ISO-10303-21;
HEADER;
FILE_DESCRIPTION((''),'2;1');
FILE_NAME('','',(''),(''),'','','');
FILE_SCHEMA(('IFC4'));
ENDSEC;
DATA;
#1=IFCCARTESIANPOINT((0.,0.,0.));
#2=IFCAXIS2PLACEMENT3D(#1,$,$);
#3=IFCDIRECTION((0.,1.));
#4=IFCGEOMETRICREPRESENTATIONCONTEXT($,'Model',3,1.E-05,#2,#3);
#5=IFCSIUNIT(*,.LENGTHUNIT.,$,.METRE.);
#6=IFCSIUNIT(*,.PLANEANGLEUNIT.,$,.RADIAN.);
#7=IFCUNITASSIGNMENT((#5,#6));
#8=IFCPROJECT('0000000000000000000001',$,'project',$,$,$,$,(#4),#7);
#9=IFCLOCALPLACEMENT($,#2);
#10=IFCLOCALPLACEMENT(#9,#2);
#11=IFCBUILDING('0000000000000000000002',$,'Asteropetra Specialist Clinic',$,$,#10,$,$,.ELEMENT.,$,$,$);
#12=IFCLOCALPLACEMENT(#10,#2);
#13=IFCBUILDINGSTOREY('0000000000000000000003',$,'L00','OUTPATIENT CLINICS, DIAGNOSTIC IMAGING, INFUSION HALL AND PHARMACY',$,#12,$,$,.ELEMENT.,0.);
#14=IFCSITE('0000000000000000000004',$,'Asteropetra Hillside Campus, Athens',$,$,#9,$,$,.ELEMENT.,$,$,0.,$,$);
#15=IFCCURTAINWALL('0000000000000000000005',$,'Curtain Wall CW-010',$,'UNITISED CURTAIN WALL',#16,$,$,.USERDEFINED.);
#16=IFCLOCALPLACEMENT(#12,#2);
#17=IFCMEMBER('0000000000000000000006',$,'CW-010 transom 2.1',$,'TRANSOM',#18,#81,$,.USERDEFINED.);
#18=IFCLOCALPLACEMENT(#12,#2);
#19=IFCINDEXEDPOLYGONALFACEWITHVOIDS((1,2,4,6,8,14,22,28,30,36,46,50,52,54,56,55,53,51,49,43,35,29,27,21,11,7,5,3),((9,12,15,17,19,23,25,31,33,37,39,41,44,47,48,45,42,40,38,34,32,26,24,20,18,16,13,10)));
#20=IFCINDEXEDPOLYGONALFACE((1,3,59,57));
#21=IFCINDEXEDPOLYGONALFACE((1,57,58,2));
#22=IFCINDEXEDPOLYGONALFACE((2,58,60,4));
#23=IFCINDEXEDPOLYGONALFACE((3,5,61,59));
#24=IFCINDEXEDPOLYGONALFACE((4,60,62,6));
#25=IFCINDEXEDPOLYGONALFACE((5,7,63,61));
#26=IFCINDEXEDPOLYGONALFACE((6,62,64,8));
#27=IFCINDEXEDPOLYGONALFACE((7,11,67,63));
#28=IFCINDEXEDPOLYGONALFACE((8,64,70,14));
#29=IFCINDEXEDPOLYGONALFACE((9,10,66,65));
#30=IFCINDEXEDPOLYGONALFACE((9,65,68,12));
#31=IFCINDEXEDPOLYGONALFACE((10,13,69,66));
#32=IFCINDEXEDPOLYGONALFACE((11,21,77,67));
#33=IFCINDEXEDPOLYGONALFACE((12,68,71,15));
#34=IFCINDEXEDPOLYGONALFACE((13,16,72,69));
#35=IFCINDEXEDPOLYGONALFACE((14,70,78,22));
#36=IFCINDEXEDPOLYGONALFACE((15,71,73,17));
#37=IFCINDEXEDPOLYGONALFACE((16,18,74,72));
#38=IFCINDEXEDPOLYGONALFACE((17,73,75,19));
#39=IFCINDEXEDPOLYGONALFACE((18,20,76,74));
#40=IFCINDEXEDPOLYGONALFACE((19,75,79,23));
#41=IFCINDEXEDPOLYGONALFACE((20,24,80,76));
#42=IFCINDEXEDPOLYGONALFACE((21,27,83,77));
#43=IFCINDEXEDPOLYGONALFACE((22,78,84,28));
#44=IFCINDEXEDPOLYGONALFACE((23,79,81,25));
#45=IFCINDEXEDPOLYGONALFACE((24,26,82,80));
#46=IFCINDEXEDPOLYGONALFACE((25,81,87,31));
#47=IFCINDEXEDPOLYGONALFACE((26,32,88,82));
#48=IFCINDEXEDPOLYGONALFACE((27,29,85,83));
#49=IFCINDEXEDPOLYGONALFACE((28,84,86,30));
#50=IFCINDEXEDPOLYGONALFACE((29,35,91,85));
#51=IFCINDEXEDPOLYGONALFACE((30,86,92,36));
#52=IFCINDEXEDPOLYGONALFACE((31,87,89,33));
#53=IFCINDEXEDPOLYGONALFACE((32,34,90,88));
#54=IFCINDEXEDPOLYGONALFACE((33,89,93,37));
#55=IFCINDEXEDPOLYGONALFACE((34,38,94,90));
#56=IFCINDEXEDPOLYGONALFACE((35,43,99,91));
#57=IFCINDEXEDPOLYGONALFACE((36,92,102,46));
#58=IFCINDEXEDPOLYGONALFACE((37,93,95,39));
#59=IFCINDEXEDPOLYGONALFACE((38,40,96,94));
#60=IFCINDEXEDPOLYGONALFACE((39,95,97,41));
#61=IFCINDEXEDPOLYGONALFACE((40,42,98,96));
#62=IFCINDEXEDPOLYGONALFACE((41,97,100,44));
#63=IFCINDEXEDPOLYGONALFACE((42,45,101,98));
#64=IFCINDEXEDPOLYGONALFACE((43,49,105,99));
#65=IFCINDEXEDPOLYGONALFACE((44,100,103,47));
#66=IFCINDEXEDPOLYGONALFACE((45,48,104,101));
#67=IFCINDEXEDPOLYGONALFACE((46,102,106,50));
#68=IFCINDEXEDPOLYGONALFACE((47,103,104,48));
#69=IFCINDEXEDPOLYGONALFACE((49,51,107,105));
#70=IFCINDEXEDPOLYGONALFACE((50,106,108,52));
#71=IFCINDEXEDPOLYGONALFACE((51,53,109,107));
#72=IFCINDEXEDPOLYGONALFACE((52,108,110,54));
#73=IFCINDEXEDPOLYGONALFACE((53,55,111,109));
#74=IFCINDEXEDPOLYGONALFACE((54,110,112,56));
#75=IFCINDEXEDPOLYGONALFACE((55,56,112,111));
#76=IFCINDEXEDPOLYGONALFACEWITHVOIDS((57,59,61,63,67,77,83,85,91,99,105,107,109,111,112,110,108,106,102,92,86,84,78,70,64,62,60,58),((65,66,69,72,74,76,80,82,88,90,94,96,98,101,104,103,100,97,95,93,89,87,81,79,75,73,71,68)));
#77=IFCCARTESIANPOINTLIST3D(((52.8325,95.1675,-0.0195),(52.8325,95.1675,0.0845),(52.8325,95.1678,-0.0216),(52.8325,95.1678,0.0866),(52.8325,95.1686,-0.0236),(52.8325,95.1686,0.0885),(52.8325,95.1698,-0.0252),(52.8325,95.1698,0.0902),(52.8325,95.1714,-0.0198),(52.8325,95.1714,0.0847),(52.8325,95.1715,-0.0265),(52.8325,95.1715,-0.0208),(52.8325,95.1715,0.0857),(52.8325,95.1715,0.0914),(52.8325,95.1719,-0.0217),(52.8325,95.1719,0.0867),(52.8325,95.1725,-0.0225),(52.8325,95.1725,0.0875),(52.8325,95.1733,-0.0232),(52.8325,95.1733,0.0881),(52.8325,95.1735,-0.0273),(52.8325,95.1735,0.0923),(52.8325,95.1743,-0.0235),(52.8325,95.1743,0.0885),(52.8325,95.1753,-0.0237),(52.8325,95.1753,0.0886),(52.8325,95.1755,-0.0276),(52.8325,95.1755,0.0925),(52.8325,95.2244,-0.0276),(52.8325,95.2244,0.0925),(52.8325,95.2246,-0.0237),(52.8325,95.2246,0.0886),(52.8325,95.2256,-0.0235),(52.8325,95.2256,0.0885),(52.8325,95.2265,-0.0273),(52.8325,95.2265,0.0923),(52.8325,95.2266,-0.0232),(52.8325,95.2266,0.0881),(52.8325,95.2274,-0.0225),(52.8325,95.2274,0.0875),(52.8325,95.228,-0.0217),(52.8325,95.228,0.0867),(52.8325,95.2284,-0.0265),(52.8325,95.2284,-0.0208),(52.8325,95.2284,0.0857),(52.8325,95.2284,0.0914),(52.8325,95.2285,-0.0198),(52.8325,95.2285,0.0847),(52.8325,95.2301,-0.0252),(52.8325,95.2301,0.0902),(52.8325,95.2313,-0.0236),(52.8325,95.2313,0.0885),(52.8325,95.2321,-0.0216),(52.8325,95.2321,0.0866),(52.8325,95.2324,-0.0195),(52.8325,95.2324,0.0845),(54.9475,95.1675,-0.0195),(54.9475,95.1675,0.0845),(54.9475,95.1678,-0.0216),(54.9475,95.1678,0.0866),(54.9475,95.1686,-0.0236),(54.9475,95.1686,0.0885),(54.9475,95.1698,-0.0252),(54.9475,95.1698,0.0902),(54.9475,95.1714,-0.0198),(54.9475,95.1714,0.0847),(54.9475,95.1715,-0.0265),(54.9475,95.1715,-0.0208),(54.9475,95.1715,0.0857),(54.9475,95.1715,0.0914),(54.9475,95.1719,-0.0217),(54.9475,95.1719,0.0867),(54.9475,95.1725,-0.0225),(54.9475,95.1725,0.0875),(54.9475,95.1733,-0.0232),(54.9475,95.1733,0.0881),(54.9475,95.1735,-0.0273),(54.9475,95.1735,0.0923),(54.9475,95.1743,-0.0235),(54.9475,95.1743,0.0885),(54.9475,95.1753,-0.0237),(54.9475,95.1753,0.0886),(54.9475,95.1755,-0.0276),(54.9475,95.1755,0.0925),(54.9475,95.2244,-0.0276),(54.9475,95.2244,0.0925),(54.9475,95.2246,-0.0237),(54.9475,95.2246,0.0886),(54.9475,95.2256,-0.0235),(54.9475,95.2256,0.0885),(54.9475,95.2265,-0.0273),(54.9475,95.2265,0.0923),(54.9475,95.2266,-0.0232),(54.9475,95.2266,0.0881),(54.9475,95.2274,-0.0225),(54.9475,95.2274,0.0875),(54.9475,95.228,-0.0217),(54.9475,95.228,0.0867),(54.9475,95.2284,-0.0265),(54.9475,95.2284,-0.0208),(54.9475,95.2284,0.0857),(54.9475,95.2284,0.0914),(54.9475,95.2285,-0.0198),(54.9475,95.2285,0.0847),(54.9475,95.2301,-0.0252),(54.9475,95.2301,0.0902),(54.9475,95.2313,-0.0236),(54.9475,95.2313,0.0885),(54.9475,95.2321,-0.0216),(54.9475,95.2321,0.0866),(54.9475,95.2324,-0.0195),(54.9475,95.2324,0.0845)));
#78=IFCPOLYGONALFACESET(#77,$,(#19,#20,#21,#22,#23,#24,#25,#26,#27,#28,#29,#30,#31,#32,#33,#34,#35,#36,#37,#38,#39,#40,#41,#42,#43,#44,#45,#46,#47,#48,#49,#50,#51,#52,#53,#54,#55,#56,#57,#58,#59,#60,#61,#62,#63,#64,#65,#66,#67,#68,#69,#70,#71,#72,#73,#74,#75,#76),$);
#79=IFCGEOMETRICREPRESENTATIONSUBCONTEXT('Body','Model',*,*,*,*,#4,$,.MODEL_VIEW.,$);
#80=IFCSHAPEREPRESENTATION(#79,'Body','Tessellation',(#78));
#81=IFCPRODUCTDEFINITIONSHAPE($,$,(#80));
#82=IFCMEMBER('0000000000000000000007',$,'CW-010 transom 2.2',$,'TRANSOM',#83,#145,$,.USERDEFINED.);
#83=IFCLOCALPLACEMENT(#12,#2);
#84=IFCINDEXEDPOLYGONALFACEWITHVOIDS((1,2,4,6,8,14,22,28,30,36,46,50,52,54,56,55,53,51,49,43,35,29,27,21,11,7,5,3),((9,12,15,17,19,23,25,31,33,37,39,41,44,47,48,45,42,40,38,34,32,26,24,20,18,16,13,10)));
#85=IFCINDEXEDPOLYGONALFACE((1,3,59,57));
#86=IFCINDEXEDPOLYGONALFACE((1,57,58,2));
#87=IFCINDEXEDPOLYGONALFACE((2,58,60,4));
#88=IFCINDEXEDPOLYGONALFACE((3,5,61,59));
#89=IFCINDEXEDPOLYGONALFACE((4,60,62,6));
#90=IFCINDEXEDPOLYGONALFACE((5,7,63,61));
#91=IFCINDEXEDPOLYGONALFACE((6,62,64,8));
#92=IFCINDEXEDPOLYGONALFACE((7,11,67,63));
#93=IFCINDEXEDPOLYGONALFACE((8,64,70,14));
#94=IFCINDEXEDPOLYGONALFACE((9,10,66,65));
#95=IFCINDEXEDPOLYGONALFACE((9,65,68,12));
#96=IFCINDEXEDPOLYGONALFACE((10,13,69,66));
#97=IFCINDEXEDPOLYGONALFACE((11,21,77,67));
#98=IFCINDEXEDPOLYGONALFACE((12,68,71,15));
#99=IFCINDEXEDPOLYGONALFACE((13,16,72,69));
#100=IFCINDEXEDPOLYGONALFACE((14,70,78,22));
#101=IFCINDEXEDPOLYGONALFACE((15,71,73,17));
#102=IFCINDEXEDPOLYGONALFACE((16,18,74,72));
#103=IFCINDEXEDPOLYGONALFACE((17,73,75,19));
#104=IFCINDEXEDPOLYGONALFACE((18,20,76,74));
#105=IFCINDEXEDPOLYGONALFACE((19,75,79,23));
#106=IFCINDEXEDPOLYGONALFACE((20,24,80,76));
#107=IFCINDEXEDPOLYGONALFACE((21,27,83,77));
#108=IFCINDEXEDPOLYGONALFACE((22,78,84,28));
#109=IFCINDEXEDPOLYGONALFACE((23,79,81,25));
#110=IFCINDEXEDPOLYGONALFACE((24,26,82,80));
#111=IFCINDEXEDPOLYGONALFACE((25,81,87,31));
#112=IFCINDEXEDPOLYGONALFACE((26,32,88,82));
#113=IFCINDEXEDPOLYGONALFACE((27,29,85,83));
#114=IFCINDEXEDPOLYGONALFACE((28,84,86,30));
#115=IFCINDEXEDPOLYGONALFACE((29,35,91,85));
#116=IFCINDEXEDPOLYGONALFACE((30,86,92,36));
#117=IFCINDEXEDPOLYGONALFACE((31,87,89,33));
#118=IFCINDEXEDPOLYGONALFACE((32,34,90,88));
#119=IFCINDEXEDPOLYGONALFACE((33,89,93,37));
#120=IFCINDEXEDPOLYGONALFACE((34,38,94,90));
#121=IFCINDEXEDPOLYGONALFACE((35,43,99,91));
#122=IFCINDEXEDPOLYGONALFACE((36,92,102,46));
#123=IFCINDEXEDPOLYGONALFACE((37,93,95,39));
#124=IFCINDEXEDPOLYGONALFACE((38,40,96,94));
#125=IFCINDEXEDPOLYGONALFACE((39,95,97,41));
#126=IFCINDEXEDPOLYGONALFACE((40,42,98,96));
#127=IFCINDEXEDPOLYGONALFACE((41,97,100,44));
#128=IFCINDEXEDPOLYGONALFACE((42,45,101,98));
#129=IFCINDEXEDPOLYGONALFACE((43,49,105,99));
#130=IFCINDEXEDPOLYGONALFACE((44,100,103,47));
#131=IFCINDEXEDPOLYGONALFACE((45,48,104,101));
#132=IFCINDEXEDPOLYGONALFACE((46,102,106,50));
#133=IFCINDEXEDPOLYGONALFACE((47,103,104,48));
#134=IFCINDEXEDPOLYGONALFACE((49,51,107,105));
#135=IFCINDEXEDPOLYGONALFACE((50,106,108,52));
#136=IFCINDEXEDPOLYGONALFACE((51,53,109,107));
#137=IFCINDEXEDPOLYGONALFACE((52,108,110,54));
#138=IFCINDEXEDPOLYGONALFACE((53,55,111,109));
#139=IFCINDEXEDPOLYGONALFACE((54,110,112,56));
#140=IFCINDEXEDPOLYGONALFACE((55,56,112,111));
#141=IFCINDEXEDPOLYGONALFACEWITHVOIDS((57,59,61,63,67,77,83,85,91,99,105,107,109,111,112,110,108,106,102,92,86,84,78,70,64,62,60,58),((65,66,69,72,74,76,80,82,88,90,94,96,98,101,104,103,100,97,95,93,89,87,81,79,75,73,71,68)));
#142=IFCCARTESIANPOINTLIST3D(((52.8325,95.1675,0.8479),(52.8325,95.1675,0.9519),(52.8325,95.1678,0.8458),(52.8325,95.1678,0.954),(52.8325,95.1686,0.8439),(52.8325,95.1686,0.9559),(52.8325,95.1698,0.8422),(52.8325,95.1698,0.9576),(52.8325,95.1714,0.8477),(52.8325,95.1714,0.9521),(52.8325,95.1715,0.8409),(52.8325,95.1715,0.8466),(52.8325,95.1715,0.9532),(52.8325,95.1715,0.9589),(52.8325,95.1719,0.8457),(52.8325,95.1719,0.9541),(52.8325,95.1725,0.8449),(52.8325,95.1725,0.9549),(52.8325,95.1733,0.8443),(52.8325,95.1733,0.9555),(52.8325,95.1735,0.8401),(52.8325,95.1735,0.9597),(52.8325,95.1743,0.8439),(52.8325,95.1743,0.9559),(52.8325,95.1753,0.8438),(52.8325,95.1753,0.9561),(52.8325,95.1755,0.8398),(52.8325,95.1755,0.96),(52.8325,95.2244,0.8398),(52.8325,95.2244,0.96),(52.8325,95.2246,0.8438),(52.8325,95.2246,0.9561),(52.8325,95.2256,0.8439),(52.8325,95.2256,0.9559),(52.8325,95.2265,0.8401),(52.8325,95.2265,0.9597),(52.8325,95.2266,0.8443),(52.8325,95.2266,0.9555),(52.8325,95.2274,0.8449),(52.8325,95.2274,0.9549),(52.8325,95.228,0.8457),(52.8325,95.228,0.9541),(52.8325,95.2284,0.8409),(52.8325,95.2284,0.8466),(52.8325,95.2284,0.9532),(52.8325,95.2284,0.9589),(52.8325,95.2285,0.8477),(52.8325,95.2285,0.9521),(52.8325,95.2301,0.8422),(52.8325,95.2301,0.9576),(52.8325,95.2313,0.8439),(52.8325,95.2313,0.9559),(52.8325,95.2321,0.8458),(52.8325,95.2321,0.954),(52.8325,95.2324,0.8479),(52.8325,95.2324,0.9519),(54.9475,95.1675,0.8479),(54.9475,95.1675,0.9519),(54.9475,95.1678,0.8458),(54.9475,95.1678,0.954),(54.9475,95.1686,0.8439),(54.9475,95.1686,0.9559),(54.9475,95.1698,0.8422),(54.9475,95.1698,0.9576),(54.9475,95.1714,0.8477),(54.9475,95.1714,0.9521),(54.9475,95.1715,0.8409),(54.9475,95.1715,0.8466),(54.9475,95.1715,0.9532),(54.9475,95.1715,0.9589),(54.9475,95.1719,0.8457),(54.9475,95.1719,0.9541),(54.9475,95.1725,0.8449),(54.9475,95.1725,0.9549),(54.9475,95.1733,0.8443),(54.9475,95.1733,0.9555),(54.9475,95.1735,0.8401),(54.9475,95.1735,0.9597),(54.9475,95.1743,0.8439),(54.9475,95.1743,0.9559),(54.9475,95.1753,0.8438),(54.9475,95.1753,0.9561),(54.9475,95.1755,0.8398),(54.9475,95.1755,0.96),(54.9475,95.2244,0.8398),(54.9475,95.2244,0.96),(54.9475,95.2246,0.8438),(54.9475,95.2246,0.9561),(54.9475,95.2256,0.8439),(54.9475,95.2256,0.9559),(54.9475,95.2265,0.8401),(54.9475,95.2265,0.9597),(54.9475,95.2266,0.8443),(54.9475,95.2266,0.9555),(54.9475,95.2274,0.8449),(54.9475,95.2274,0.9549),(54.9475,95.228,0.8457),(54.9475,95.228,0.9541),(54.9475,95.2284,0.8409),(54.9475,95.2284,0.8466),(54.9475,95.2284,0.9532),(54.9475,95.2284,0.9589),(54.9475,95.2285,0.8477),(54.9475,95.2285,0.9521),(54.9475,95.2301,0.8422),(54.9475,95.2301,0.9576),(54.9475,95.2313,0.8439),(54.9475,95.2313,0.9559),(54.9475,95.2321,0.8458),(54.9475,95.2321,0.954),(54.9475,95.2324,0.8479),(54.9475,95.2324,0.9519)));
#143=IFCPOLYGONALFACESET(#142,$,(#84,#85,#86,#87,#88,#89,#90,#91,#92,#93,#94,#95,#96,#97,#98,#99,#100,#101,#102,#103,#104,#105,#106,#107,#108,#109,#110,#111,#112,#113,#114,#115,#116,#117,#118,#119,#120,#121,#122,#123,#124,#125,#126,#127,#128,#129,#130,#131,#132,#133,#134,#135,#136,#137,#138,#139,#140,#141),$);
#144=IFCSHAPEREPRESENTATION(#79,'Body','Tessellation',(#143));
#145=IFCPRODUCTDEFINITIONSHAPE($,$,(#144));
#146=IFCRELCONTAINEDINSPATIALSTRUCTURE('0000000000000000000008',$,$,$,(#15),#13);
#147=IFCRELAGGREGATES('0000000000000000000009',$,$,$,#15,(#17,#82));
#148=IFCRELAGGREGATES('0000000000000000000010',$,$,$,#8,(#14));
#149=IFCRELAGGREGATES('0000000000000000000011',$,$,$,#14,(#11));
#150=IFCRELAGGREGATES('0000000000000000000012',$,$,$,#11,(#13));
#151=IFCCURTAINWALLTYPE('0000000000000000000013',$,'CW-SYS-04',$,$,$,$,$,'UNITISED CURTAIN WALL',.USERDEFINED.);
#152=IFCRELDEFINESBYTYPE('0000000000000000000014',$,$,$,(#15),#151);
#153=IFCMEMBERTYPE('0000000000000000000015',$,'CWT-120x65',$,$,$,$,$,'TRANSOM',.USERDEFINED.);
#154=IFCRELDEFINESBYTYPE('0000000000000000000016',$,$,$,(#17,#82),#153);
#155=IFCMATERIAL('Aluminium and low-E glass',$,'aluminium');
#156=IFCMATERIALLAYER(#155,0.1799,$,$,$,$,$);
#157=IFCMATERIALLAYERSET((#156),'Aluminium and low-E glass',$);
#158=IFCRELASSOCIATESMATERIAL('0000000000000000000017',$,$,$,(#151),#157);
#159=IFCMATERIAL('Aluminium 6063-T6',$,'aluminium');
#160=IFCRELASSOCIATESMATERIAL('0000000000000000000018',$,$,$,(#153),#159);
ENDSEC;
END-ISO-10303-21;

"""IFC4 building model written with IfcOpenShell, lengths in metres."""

from ifc_helpers import new_model, si_unit, direction, frame, origin, origin_2d, place, context, subcontext, project, spatial, hollow_rectangle, extrude, material, layer, layer_set, material_profile, profile_set, type_object, element, aggregate, save


model = new_model("IFC4")

# Units and contexts
model_context = context("Model", 3, precision=1e-05, world=origin(), true_north=direction((0.0, 1.0)))
body_context = subcontext(model_context, "Body", "Model", "MODEL_VIEW")
ifc_project = project(units=[si_unit("LENGTHUNIT", "METRE"), si_unit("PLANEANGLEUNIT", "RADIAN")], contexts=[model_context])

# Site, building, storey
site_placement = place(None, origin())
site = spatial("IfcSite", under=ifc_project, at=site_placement, Name="Asteropetra Hillside Campus, Athens", CompositionType="ELEMENT", RefElevation=0.0)
building_placement = place(site_placement, origin())
building = spatial("IfcBuilding", under=site, at=building_placement, Name="Asteropetra Specialist Clinic", CompositionType="ELEMENT")
storey_placement = place(building_placement, origin())
storey = spatial("IfcBuildingStorey", under=building, at=storey_placement, Name="L00", Description="OUTPATIENT CLINICS, DIAGNOSTIC IMAGING, INFUSION HALL AND PHARMACY", CompositionType="ELEMENT", Elevation=0.0)

# Curtain wall
ifc_material_1 = material(Name="Aluminium and low-E glass", Category="aluminium")
ifc_layer_1 = layer(ifc_material_1, 0.1799)
ifc_layer_set_1 = layer_set([ifc_layer_1], Name="Aluminium and low-E glass")
curtain_wall_type_1 = type_object("IfcCurtainWallType", Name="CW-SYS-04", ElementType="UNITISED CURTAIN WALL", PredefinedType="USERDEFINED", material=ifc_layer_set_1)
curtain_wall_1_placement = place(storey_placement, origin())
curtain_wall_1 = element("IfcCurtainWall", 1, at=curtain_wall_1_placement, inside=storey, type_object=curtain_wall_type_1, Name="Curtain Wall CW-010", ObjectType="UNITISED CURTAIN WALL", PredefinedType="USERDEFINED")

# Members
ifc_material_2 = material(Name="Aluminium 6063-T6", Category="aluminium")
ifc_material_profile_1 = material_profile(ifc_material_2, hollow_rectangle(XDim=0.0649, YDim=0.1201, WallThickness=0.0039, InnerFilletRadius=0.0039, OuterFilletRadius=0.0081, at=origin_2d()), Name="TRN 120x65x4.0")
ifc_profile_set_1 = profile_set([ifc_material_profile_1], Name="Aluminium 6063-T6")
member_type_1 = type_object("IfcMemberType", Name="CWT-120x65", ElementType="TRANSOM", PredefinedType="USERDEFINED", material=ifc_profile_set_1)
member_1_placement = place(storey_placement, frame((54.9475, 95.2, 0.0325), z_axis=(-1.0, 0.0, 0.0), x_axis=(0.0, -1.0, 0.0)))
member_1 = element("IfcMember", 2, at=member_1_placement, type_object=member_type_1, Name="CW-010 transom 2.1", ObjectType="TRANSOM", PredefinedType="USERDEFINED", context=body_context, shape_type="SweptSolid", body=[
    extrude(hollow_rectangle(XDim=0.0649, YDim=0.1201, WallThickness=0.0039, InnerFilletRadius=0.0039, OuterFilletRadius=0.0081, at=origin_2d()), origin(), (0.0, 0.0, 1.0), 2.115),
])
member_2_placement = place(storey_placement, frame((54.9475, 95.2, 0.8999), z_axis=(-1.0, 0.0, 0.0), x_axis=(0.0, -1.0, 0.0)))
member_2 = element("IfcMember", 3, at=member_2_placement, type_object=member_type_1, Name="CW-010 transom 2.2", ObjectType="TRANSOM", PredefinedType="USERDEFINED", context=body_context, shape_type="SweptSolid", body=[
    extrude(hollow_rectangle(XDim=0.0649, YDim=0.1201, WallThickness=0.0039, InnerFilletRadius=0.0039, OuterFilletRadius=0.0081, at=origin_2d()), origin(), (0.0, 0.0, 1.0), 2.115),
])

aggregate(curtain_wall_1, [member_1, member_2])

save(model, "model.ifc")
